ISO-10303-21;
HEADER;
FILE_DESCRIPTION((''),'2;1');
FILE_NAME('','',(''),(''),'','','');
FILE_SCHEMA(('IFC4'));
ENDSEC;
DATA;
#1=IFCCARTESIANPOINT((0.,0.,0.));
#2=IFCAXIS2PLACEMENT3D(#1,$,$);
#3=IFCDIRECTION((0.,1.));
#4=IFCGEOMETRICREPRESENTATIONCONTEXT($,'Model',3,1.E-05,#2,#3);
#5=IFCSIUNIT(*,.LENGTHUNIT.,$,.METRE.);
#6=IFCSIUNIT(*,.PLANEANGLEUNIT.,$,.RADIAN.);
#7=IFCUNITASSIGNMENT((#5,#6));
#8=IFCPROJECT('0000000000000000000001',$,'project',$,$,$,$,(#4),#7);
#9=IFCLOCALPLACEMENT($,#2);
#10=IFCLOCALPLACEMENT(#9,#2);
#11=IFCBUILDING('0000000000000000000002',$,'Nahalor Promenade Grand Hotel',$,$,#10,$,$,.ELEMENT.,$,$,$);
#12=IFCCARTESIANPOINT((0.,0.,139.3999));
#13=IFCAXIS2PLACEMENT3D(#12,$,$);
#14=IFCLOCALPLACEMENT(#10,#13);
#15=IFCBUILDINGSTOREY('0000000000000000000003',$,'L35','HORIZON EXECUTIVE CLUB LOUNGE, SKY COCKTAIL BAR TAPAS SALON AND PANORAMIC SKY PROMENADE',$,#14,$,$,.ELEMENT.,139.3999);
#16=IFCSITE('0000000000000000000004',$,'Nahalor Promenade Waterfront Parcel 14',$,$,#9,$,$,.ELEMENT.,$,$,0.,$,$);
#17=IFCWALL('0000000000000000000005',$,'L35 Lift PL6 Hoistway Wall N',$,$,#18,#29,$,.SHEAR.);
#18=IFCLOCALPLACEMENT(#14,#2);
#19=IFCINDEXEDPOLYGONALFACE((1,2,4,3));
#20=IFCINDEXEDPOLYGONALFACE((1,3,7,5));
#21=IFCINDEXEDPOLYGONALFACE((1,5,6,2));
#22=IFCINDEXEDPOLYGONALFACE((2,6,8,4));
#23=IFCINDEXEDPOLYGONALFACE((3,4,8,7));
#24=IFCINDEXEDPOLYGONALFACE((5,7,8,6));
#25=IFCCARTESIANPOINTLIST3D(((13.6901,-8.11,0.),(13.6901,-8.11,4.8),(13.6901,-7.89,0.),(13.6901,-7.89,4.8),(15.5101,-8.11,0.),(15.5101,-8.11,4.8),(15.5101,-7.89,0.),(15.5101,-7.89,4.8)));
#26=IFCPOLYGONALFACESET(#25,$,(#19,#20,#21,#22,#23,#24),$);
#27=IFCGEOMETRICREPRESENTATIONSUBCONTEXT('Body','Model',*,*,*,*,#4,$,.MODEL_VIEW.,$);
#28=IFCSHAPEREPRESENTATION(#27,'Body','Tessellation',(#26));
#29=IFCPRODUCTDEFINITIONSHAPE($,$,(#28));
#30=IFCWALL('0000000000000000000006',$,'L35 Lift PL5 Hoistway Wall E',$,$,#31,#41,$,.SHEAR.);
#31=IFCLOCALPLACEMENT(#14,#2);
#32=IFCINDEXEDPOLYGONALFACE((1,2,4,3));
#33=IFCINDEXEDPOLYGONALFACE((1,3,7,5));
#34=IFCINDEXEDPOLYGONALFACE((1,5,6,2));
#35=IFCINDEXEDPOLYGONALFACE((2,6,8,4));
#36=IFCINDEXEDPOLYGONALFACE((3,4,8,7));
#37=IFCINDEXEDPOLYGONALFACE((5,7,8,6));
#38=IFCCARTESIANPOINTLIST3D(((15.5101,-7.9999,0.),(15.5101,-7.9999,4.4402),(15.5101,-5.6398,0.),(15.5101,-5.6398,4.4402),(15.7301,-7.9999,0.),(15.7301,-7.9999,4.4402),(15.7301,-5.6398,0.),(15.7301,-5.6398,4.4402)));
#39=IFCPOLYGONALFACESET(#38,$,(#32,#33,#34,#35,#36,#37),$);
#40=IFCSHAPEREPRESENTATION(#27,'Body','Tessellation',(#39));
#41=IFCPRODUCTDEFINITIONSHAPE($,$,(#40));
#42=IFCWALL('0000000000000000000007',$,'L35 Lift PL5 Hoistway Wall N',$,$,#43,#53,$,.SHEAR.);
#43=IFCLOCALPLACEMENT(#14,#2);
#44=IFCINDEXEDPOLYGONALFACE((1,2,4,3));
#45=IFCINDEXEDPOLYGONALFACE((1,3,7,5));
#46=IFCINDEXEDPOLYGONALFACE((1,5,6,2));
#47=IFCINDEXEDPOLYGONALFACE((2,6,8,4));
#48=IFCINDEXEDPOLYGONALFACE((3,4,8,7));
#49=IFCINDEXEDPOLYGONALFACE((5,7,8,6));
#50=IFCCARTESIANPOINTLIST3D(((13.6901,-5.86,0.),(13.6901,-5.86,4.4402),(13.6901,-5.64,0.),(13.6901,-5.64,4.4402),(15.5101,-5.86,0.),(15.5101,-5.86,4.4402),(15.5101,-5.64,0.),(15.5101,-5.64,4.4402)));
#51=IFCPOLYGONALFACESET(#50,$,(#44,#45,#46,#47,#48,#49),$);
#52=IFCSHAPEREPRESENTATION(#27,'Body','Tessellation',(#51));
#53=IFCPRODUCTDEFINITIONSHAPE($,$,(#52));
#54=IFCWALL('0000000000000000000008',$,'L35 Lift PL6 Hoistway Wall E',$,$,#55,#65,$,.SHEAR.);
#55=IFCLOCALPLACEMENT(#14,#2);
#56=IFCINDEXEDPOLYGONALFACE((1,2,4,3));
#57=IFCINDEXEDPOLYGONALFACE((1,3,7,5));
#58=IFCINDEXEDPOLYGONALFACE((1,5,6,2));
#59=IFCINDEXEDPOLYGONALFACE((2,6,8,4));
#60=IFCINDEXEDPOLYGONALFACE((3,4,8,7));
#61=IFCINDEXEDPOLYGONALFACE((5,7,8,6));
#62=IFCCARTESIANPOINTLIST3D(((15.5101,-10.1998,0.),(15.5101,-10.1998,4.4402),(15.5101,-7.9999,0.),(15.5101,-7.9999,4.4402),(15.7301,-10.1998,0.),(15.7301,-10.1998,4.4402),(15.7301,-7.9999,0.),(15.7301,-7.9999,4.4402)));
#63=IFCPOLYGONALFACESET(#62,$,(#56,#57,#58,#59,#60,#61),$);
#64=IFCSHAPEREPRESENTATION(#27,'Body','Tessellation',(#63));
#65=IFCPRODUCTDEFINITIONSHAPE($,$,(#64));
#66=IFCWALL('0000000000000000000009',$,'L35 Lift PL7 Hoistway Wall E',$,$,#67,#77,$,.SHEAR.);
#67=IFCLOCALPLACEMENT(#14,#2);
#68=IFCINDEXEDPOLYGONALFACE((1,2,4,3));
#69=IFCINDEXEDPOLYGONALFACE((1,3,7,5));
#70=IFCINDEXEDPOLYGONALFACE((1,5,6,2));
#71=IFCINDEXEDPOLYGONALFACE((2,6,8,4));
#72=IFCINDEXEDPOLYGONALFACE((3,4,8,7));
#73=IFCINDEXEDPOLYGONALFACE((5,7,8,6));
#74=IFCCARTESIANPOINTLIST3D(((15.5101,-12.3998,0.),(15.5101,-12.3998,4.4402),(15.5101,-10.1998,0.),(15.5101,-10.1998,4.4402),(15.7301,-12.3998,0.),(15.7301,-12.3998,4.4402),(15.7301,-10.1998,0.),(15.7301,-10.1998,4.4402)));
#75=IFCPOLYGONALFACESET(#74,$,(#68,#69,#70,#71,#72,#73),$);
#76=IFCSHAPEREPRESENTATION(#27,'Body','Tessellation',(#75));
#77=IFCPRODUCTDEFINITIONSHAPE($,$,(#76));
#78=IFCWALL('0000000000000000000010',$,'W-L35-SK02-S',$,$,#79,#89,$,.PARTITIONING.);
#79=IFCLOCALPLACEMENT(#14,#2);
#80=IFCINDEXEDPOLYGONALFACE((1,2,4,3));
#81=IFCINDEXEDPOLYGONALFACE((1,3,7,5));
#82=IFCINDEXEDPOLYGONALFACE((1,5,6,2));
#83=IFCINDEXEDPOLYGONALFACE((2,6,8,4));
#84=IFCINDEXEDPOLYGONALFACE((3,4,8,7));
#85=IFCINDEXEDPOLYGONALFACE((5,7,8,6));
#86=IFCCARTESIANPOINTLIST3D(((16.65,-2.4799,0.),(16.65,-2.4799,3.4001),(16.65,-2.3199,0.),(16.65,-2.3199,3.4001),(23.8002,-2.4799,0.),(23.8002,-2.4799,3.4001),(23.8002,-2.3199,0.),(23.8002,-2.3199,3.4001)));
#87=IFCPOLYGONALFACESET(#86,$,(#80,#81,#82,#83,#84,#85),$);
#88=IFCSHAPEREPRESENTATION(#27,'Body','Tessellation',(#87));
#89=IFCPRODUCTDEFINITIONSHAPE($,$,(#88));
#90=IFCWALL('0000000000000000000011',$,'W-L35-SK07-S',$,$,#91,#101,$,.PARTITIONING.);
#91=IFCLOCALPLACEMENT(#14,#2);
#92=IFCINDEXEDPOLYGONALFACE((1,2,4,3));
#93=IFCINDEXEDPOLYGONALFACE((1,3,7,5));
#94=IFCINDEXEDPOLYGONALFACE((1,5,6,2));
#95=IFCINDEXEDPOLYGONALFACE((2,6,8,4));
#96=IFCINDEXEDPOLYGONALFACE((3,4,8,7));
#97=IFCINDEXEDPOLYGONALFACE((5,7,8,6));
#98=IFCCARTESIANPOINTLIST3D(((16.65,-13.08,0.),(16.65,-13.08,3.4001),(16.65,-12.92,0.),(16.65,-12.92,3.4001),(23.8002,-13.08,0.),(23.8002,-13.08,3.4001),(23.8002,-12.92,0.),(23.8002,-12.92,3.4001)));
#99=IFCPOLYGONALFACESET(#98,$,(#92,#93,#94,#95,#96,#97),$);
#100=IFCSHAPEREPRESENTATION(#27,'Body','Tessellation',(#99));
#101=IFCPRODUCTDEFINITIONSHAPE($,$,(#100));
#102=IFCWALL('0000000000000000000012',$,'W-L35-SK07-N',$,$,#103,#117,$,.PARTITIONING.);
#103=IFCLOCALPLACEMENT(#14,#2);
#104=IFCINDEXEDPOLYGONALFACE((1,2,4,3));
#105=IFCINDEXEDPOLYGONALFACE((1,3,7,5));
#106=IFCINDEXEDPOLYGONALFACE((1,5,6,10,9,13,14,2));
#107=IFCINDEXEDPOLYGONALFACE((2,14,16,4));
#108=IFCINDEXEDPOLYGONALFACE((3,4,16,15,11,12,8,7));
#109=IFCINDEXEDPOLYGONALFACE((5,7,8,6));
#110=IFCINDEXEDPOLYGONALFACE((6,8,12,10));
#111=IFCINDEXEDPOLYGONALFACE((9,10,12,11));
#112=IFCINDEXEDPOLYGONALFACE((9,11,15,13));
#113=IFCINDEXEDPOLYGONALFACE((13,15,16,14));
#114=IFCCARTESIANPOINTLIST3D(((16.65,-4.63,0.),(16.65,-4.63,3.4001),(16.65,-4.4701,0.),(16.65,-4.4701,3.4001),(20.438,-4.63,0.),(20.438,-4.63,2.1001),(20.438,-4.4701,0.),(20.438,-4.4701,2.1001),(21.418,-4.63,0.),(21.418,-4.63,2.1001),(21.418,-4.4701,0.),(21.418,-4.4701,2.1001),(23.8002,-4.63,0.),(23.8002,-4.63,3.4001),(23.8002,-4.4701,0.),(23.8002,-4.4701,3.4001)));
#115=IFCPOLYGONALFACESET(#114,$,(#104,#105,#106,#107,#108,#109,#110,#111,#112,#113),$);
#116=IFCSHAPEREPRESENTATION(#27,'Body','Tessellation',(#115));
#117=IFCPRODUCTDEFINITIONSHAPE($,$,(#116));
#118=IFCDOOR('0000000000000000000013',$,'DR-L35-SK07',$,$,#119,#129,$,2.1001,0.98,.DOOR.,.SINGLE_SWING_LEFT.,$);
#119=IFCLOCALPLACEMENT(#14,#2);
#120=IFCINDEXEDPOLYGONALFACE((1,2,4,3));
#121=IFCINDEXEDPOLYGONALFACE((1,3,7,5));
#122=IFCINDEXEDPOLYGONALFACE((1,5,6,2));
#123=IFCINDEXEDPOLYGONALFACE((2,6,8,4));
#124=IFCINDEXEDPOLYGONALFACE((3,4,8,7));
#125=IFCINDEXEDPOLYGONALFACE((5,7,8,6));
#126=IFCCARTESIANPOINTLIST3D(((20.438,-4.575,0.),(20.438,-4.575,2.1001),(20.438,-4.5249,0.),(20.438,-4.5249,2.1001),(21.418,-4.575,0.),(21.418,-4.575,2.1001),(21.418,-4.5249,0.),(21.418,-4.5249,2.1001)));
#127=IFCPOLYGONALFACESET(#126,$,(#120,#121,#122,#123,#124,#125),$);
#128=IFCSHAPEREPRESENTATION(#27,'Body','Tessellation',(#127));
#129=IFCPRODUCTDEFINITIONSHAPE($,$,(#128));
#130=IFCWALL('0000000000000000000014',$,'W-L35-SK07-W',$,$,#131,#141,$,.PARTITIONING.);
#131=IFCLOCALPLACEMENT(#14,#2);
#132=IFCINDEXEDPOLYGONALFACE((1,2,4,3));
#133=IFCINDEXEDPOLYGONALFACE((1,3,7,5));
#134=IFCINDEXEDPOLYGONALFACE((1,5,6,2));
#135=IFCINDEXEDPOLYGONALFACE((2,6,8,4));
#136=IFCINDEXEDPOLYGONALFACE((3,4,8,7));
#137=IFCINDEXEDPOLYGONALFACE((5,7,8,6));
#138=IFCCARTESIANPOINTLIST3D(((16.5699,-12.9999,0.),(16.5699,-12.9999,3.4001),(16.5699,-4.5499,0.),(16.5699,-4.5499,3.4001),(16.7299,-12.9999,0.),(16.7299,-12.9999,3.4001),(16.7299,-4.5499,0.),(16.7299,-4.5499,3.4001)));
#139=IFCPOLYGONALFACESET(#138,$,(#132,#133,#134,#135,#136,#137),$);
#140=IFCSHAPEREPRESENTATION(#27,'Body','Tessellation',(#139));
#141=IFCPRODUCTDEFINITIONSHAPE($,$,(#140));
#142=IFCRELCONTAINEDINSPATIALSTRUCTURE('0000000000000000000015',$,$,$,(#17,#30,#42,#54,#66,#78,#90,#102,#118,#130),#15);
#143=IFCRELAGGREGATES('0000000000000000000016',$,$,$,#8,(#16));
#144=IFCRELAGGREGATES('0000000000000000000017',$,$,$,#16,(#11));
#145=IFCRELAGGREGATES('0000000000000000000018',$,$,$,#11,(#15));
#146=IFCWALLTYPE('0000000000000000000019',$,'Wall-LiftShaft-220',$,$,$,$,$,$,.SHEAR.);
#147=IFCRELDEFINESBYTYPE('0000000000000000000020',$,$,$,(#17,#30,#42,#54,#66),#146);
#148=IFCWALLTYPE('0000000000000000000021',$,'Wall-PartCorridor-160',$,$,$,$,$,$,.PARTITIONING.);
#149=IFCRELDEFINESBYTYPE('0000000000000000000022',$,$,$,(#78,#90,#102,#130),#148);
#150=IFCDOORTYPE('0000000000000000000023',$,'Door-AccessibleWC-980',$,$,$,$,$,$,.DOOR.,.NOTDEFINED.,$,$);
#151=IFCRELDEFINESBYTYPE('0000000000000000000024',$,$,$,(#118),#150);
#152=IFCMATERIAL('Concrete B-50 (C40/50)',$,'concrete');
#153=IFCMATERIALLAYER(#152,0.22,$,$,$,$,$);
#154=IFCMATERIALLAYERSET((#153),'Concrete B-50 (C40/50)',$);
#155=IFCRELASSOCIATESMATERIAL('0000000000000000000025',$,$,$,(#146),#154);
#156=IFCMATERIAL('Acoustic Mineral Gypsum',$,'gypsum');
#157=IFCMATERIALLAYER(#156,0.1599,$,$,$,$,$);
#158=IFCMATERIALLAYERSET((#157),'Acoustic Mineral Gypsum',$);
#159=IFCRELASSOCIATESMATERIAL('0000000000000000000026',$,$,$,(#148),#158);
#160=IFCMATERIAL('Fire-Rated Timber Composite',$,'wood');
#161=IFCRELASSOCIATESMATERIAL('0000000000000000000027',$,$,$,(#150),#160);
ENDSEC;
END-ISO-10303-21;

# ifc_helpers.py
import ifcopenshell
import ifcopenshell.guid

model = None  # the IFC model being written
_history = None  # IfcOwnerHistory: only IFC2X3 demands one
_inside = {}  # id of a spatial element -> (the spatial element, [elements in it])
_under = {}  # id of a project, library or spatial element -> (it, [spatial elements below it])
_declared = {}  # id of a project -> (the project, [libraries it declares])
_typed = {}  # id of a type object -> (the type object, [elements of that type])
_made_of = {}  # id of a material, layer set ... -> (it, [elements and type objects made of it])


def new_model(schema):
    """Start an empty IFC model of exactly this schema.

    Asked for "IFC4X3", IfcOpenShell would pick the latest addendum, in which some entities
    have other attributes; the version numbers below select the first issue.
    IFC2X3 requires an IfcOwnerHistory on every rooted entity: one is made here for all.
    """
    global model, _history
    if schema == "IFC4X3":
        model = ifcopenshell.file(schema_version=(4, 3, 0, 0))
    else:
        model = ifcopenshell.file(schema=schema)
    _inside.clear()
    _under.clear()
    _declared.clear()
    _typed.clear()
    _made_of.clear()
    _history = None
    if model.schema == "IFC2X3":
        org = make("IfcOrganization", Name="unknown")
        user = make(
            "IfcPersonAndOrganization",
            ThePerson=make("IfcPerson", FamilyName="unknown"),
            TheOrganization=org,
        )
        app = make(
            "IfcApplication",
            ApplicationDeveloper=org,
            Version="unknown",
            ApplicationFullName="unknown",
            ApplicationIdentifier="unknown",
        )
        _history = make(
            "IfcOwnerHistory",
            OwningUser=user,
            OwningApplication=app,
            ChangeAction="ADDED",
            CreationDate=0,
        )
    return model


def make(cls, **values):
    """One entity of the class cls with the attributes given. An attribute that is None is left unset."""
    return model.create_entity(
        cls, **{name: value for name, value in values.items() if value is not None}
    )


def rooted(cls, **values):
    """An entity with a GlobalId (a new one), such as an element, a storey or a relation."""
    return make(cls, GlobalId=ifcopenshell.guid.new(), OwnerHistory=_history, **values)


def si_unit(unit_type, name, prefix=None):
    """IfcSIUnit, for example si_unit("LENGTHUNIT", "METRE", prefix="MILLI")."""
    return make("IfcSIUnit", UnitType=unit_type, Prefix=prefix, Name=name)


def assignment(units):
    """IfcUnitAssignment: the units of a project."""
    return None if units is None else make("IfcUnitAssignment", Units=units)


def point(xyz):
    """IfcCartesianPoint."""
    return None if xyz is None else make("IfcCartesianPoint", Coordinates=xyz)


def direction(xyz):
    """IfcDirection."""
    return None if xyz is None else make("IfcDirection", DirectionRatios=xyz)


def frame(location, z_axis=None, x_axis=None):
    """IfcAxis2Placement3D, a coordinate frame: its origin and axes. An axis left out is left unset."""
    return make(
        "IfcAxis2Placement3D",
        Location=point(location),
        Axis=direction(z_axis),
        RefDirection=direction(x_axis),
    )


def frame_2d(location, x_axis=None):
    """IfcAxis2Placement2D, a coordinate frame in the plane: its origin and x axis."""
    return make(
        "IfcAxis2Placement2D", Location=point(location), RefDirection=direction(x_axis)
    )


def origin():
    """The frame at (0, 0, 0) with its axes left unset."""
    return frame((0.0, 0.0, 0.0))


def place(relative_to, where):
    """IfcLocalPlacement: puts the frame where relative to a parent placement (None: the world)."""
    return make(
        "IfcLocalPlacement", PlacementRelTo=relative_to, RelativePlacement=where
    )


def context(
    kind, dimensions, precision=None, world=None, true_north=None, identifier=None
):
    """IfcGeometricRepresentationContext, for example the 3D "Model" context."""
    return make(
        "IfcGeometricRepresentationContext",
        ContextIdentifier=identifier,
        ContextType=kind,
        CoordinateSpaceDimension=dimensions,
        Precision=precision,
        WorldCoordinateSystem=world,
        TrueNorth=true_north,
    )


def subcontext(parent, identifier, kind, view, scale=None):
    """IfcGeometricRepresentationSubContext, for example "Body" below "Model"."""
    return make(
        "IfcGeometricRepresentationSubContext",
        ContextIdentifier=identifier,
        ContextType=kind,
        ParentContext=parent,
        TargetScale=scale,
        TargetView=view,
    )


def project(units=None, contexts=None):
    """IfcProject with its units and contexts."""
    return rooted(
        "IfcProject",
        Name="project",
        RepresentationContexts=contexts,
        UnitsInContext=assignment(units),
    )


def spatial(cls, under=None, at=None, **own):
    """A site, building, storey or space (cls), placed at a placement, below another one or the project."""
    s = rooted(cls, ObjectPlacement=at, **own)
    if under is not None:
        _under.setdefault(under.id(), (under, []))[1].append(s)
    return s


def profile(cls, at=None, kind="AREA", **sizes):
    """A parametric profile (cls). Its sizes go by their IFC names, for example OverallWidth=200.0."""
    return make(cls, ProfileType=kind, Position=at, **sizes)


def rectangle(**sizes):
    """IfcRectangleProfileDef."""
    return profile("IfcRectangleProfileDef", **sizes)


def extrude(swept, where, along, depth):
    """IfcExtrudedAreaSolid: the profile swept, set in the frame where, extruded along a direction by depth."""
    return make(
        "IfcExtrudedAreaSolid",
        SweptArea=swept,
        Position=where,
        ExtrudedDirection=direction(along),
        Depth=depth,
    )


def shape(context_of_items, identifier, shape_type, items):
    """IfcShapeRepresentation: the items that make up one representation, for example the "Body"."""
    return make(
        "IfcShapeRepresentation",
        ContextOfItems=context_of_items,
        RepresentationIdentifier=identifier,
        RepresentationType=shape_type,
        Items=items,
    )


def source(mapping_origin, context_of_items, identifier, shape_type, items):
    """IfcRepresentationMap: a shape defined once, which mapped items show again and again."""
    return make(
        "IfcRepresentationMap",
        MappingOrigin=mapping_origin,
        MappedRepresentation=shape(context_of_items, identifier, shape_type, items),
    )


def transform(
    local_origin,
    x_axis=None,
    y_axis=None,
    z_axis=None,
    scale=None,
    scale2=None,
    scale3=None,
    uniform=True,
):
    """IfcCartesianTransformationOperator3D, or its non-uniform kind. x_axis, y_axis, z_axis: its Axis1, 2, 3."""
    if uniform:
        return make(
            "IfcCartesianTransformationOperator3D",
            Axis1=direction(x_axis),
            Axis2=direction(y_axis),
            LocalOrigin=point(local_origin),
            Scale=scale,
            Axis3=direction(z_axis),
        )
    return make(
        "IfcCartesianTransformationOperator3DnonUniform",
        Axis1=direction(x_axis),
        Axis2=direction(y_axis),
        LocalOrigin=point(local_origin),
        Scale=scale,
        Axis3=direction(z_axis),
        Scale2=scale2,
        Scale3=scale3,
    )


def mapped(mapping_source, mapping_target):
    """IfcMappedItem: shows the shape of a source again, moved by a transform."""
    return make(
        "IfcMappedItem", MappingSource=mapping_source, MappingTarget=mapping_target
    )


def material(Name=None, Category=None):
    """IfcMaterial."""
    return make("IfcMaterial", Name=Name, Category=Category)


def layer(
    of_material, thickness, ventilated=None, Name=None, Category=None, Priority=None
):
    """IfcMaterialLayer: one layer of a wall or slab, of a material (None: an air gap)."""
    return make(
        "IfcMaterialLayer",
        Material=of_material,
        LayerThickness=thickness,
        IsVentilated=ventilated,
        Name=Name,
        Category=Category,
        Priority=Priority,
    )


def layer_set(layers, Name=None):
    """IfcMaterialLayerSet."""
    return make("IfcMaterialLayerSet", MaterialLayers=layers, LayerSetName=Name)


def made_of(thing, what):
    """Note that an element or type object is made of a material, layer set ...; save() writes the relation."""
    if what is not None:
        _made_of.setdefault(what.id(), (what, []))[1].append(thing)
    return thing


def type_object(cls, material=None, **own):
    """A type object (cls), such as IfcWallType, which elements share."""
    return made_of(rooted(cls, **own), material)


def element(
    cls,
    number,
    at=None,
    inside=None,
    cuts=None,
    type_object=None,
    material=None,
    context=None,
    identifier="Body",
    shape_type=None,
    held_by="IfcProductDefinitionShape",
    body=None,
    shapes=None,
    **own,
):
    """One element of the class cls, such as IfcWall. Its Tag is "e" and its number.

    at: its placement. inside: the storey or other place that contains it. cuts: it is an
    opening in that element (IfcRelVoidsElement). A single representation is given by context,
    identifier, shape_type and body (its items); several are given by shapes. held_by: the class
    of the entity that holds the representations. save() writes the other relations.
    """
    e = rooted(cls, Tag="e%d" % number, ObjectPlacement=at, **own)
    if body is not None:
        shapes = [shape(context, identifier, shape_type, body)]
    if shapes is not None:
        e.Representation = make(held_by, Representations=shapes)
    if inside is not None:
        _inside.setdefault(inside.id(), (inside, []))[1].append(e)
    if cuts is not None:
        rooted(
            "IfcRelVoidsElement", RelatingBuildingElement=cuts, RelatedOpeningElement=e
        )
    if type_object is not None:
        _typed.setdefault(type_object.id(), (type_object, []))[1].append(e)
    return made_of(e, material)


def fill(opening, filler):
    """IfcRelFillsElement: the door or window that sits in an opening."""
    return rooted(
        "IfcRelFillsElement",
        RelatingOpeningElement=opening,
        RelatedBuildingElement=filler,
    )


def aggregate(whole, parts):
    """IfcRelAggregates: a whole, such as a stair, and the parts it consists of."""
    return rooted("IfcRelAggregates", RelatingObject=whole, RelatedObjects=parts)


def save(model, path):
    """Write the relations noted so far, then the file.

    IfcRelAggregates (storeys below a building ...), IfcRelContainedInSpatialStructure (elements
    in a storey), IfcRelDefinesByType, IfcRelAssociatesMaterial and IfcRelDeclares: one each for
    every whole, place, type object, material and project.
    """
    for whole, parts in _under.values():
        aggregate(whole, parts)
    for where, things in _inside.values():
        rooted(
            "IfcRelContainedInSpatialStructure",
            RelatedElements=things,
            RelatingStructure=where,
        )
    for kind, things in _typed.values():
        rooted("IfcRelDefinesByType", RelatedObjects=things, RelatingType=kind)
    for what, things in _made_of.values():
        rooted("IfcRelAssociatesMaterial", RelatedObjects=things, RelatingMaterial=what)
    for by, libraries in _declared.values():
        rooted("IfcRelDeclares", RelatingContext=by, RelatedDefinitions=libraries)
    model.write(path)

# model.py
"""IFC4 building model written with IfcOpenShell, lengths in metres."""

from ifc_helpers import new_model, si_unit, direction, frame, frame_2d, origin, place, context, subcontext, project, spatial, rectangle, extrude, source, transform, mapped, material, layer, layer_set, type_object, element, fill, save


model = new_model("IFC4")

# Units and contexts
model_context = context("Model", 3, precision=1e-05, world=origin(), true_north=direction((0.0, 1.0)))
body_context = subcontext(model_context, "Body", "Model", "MODEL_VIEW")
ifc_project = project(units=[si_unit("LENGTHUNIT", "METRE"), si_unit("PLANEANGLEUNIT", "RADIAN")], contexts=[model_context])

# Site, building, storey
site_placement = place(None, origin())
site = spatial("IfcSite", under=ifc_project, at=site_placement, Name="Nahalor Promenade Waterfront Parcel 14", CompositionType="ELEMENT", RefElevation=0.0)
building_placement = place(site_placement, origin())
building = spatial("IfcBuilding", under=site, at=building_placement, Name="Nahalor Promenade Grand Hotel", CompositionType="ELEMENT")
storey_placement = place(building_placement, frame((0.0, 0.0, 139.3999)))
storey = spatial("IfcBuildingStorey", under=building, at=storey_placement, Name="L35", Description="HORIZON EXECUTIVE CLUB LOUNGE, SKY COCKTAIL BAR TAPAS SALON AND PANORAMIC SKY PROMENADE", CompositionType="ELEMENT", Elevation=139.3999)

# Walls
ifc_material_1 = material(Name="Concrete B-50 (C40/50)", Category="concrete")
ifc_layer_1 = layer(ifc_material_1, 0.22)
ifc_layer_set_1 = layer_set([ifc_layer_1], Name="Concrete B-50 (C40/50)")
wall_type_1 = type_object("IfcWallType", Name="Wall-LiftShaft-220", PredefinedType="SHEAR", material=ifc_layer_set_1)
shared_shape_1 = source(origin(), body_context, "Body", "SweptSolid", [
    extrude(rectangle(XDim=1.8201, YDim=0.22, at=frame_2d((0.9102, 0.0))), origin(), (0.0, 0.0, 1.0), 4.8),
])
wall_1_placement = place(storey_placement, frame((13.6899, -8.0, 0.0), z_axis=(0.0, 0.0, 1.0), x_axis=(1.0, 0.0, 0.0)))
element("IfcWall", 1, at=wall_1_placement, inside=storey, type_object=wall_type_1, Name="L35 Lift PL6 Hoistway Wall N", PredefinedType="SHEAR", context=body_context, shape_type="MappedRepresentation", body=[
    mapped(shared_shape_1, transform((0.0, 0.0, 0.0), scale=1.0)),
])
shared_shape_2 = source(origin(), body_context, "Body", "SweptSolid", [
    extrude(rectangle(XDim=2.3601, YDim=0.22, at=frame_2d((1.1802, 0.0))), origin(), (0.0, 0.0, 1.0), 4.4402),
])
wall_2_placement = place(storey_placement, frame((15.6201, -8.0, 0.0), z_axis=(0.0, 0.0, 1.0), x_axis=(0.0, 1.0, 0.0)))
element("IfcWall", 2, at=wall_2_placement, inside=storey, type_object=wall_type_1, Name="L35 Lift PL5 Hoistway Wall E", PredefinedType="SHEAR", context=body_context, shape_type="MappedRepresentation", body=[
    mapped(shared_shape_2, transform((0.0, 0.0, 0.0), scale=1.0)),
])
shared_shape_3 = source(origin(), body_context, "Body", "SweptSolid", [
    extrude(rectangle(XDim=1.8201, YDim=0.22, at=frame_2d((0.9102, 0.0))), origin(), (0.0, 0.0, 1.0), 4.4402),
])
wall_3_placement = place(storey_placement, frame((13.6899, -5.75, 0.0), z_axis=(0.0, 0.0, 1.0), x_axis=(1.0, 0.0, 0.0)))
element("IfcWall", 3, at=wall_3_placement, inside=storey, type_object=wall_type_1, Name="L35 Lift PL5 Hoistway Wall N", PredefinedType="SHEAR", context=body_context, shape_type="MappedRepresentation", body=[
    mapped(shared_shape_3, transform((0.0, 0.0, 0.0), scale=1.0)),
])
shared_shape_4 = source(origin(), body_context, "Body", "SweptSolid", [
    extrude(rectangle(XDim=2.2, YDim=0.22, at=frame_2d((1.1001, 0.0))), origin(), (0.0, 0.0, 1.0), 4.4402),
])
for number, where, z_axis, x_axis, name in (
    (4, (15.6201, -10.2, 0.0), (0.0, 0.0, 1.0), (0.0, 1.0, 0.0), "L35 Lift PL6 Hoistway Wall E"),
    (5, (15.6201, -12.3999, 0.0), (0.0, 0.0, 1.0), (0.0, 1.0, 0.0), "L35 Lift PL7 Hoistway Wall E"),
):
    element("IfcWall", number, at=place(storey_placement, frame(where, z_axis=z_axis, x_axis=x_axis)), inside=storey, type_object=wall_type_1, Name=name, PredefinedType="SHEAR", context=body_context, shape_type="MappedRepresentation", body=[
        mapped(shared_shape_4, transform((0.0, 0.0, 0.0), scale=1.0)),
    ])
ifc_material_2 = material(Name="Acoustic Mineral Gypsum", Category="gypsum")
ifc_layer_2 = layer(ifc_material_2, 0.1599)
ifc_layer_set_2 = layer_set([ifc_layer_2], Name="Acoustic Mineral Gypsum")
wall_type_2 = type_object("IfcWallType", Name="Wall-PartCorridor-160", PredefinedType="PARTITIONING", material=ifc_layer_set_2)
shared_shape_5 = source(origin(), body_context, "Body", "SweptSolid", [
    extrude(rectangle(XDim=7.1501, YDim=0.1599, at=frame_2d((3.5752, 0.0))), origin(), (0.0, 0.0, 1.0), 3.4001),
])
for number, where, z_axis, x_axis, name in (
    (6, (16.6499, -2.3999, 0.0), (0.0, 0.0, 1.0), (1.0, 0.0, 0.0), "W-L35-SK02-S"),
    (7, (16.6499, -13.0, 0.0), (0.0, 0.0, 1.0), (1.0, 0.0, 0.0), "W-L35-SK07-S"),
):
    element("IfcWall", number, at=place(storey_placement, frame(where, z_axis=z_axis, x_axis=x_axis)), inside=storey, type_object=wall_type_2, Name=name, PredefinedType="PARTITIONING", context=body_context, shape_type="MappedRepresentation", body=[
        mapped(shared_shape_5, transform((0.0, 0.0, 0.0), scale=1.0)),
    ])

# Wall, opening, door
wall_4_placement = place(storey_placement, frame((16.6499, -4.55, 0.0), z_axis=(0.0, 0.0, 1.0), x_axis=(1.0, 0.0, 0.0)))
wall_4 = element("IfcWall", 8, at=wall_4_placement, inside=storey, type_object=wall_type_2, Name="W-L35-SK07-N", PredefinedType="PARTITIONING", context=body_context, shape_type="MappedRepresentation", body=[
    mapped(shared_shape_5, transform((0.0, 0.0, 0.0), scale=1.0)),
])
opening_placement = place(wall_4_placement, frame((3.7881, 0.0, 0.0)))
opening = element("IfcOpeningElement", 9, at=opening_placement, cuts=wall_4, PredefinedType="OPENING", context=body_context, shape_type="SweptSolid", body=[
    extrude(rectangle(XDim=0.98, YDim=2.1001, at=frame_2d((0.49, 1.05))), frame((0.0, 0.0898, 0.0), z_axis=(0.0, -1.0, 0.0), x_axis=(1.0, 0.0, 0.0)), (0.0, 0.0, 1.0), 0.1799),
])
ifc_material_3 = material(Name="Fire-Rated Timber Composite", Category="wood")
door_type = type_object("IfcDoorType", Name="Door-AccessibleWC-980", OperationType="NOTDEFINED", PredefinedType="DOOR", material=ifc_material_3)
shared_shape_6 = source(origin(), body_context, "Body", "SweptSolid", [
    extrude(rectangle(XDim=0.98, YDim=2.1001, at=frame_2d((0.49, 1.05))), frame((0.0, 0.0249, 0.0), z_axis=(0.0, -1.0, 0.0), x_axis=(1.0, 0.0, 0.0)), (0.0, 0.0, 1.0), 0.05),
])
door_placement = place(opening_placement, frame((0.98, 0.0, 0.0), z_axis=(0.0, 0.0, 1.0), x_axis=(-1.0, 0.0, 0.0)))
door = element("IfcDoor", 10, at=door_placement, inside=storey, type_object=door_type, Name="DR-L35-SK07", OperationType="SINGLE_SWING_LEFT", OverallHeight=2.1001, OverallWidth=0.98, PredefinedType="DOOR", context=body_context, shape_type="MappedRepresentation", body=[
    mapped(shared_shape_6, transform((0.0, 0.0, 0.0), scale=1.0)),
])
fill(opening, door)

# Wall
shared_shape_7 = source(origin(), body_context, "Body", "SweptSolid", [
    extrude(rectangle(XDim=8.45, YDim=0.1599, at=frame_2d((4.2251, 0.0))), origin(), (0.0, 0.0, 1.0), 3.4001),
])
wall_5_placement = place(storey_placement, frame((16.6499, -13.0, 0.0), z_axis=(0.0, 0.0, 1.0), x_axis=(0.0, 1.0, 0.0)))
element("IfcWall", 11, at=wall_5_placement, inside=storey, type_object=wall_type_2, Name="W-L35-SK07-W", PredefinedType="PARTITIONING", context=body_context, shape_type="MappedRepresentation", body=[
    mapped(shared_shape_7, transform((0.0, 0.0, 0.0), scale=1.0)),
])

save(model, "model.ifc")
